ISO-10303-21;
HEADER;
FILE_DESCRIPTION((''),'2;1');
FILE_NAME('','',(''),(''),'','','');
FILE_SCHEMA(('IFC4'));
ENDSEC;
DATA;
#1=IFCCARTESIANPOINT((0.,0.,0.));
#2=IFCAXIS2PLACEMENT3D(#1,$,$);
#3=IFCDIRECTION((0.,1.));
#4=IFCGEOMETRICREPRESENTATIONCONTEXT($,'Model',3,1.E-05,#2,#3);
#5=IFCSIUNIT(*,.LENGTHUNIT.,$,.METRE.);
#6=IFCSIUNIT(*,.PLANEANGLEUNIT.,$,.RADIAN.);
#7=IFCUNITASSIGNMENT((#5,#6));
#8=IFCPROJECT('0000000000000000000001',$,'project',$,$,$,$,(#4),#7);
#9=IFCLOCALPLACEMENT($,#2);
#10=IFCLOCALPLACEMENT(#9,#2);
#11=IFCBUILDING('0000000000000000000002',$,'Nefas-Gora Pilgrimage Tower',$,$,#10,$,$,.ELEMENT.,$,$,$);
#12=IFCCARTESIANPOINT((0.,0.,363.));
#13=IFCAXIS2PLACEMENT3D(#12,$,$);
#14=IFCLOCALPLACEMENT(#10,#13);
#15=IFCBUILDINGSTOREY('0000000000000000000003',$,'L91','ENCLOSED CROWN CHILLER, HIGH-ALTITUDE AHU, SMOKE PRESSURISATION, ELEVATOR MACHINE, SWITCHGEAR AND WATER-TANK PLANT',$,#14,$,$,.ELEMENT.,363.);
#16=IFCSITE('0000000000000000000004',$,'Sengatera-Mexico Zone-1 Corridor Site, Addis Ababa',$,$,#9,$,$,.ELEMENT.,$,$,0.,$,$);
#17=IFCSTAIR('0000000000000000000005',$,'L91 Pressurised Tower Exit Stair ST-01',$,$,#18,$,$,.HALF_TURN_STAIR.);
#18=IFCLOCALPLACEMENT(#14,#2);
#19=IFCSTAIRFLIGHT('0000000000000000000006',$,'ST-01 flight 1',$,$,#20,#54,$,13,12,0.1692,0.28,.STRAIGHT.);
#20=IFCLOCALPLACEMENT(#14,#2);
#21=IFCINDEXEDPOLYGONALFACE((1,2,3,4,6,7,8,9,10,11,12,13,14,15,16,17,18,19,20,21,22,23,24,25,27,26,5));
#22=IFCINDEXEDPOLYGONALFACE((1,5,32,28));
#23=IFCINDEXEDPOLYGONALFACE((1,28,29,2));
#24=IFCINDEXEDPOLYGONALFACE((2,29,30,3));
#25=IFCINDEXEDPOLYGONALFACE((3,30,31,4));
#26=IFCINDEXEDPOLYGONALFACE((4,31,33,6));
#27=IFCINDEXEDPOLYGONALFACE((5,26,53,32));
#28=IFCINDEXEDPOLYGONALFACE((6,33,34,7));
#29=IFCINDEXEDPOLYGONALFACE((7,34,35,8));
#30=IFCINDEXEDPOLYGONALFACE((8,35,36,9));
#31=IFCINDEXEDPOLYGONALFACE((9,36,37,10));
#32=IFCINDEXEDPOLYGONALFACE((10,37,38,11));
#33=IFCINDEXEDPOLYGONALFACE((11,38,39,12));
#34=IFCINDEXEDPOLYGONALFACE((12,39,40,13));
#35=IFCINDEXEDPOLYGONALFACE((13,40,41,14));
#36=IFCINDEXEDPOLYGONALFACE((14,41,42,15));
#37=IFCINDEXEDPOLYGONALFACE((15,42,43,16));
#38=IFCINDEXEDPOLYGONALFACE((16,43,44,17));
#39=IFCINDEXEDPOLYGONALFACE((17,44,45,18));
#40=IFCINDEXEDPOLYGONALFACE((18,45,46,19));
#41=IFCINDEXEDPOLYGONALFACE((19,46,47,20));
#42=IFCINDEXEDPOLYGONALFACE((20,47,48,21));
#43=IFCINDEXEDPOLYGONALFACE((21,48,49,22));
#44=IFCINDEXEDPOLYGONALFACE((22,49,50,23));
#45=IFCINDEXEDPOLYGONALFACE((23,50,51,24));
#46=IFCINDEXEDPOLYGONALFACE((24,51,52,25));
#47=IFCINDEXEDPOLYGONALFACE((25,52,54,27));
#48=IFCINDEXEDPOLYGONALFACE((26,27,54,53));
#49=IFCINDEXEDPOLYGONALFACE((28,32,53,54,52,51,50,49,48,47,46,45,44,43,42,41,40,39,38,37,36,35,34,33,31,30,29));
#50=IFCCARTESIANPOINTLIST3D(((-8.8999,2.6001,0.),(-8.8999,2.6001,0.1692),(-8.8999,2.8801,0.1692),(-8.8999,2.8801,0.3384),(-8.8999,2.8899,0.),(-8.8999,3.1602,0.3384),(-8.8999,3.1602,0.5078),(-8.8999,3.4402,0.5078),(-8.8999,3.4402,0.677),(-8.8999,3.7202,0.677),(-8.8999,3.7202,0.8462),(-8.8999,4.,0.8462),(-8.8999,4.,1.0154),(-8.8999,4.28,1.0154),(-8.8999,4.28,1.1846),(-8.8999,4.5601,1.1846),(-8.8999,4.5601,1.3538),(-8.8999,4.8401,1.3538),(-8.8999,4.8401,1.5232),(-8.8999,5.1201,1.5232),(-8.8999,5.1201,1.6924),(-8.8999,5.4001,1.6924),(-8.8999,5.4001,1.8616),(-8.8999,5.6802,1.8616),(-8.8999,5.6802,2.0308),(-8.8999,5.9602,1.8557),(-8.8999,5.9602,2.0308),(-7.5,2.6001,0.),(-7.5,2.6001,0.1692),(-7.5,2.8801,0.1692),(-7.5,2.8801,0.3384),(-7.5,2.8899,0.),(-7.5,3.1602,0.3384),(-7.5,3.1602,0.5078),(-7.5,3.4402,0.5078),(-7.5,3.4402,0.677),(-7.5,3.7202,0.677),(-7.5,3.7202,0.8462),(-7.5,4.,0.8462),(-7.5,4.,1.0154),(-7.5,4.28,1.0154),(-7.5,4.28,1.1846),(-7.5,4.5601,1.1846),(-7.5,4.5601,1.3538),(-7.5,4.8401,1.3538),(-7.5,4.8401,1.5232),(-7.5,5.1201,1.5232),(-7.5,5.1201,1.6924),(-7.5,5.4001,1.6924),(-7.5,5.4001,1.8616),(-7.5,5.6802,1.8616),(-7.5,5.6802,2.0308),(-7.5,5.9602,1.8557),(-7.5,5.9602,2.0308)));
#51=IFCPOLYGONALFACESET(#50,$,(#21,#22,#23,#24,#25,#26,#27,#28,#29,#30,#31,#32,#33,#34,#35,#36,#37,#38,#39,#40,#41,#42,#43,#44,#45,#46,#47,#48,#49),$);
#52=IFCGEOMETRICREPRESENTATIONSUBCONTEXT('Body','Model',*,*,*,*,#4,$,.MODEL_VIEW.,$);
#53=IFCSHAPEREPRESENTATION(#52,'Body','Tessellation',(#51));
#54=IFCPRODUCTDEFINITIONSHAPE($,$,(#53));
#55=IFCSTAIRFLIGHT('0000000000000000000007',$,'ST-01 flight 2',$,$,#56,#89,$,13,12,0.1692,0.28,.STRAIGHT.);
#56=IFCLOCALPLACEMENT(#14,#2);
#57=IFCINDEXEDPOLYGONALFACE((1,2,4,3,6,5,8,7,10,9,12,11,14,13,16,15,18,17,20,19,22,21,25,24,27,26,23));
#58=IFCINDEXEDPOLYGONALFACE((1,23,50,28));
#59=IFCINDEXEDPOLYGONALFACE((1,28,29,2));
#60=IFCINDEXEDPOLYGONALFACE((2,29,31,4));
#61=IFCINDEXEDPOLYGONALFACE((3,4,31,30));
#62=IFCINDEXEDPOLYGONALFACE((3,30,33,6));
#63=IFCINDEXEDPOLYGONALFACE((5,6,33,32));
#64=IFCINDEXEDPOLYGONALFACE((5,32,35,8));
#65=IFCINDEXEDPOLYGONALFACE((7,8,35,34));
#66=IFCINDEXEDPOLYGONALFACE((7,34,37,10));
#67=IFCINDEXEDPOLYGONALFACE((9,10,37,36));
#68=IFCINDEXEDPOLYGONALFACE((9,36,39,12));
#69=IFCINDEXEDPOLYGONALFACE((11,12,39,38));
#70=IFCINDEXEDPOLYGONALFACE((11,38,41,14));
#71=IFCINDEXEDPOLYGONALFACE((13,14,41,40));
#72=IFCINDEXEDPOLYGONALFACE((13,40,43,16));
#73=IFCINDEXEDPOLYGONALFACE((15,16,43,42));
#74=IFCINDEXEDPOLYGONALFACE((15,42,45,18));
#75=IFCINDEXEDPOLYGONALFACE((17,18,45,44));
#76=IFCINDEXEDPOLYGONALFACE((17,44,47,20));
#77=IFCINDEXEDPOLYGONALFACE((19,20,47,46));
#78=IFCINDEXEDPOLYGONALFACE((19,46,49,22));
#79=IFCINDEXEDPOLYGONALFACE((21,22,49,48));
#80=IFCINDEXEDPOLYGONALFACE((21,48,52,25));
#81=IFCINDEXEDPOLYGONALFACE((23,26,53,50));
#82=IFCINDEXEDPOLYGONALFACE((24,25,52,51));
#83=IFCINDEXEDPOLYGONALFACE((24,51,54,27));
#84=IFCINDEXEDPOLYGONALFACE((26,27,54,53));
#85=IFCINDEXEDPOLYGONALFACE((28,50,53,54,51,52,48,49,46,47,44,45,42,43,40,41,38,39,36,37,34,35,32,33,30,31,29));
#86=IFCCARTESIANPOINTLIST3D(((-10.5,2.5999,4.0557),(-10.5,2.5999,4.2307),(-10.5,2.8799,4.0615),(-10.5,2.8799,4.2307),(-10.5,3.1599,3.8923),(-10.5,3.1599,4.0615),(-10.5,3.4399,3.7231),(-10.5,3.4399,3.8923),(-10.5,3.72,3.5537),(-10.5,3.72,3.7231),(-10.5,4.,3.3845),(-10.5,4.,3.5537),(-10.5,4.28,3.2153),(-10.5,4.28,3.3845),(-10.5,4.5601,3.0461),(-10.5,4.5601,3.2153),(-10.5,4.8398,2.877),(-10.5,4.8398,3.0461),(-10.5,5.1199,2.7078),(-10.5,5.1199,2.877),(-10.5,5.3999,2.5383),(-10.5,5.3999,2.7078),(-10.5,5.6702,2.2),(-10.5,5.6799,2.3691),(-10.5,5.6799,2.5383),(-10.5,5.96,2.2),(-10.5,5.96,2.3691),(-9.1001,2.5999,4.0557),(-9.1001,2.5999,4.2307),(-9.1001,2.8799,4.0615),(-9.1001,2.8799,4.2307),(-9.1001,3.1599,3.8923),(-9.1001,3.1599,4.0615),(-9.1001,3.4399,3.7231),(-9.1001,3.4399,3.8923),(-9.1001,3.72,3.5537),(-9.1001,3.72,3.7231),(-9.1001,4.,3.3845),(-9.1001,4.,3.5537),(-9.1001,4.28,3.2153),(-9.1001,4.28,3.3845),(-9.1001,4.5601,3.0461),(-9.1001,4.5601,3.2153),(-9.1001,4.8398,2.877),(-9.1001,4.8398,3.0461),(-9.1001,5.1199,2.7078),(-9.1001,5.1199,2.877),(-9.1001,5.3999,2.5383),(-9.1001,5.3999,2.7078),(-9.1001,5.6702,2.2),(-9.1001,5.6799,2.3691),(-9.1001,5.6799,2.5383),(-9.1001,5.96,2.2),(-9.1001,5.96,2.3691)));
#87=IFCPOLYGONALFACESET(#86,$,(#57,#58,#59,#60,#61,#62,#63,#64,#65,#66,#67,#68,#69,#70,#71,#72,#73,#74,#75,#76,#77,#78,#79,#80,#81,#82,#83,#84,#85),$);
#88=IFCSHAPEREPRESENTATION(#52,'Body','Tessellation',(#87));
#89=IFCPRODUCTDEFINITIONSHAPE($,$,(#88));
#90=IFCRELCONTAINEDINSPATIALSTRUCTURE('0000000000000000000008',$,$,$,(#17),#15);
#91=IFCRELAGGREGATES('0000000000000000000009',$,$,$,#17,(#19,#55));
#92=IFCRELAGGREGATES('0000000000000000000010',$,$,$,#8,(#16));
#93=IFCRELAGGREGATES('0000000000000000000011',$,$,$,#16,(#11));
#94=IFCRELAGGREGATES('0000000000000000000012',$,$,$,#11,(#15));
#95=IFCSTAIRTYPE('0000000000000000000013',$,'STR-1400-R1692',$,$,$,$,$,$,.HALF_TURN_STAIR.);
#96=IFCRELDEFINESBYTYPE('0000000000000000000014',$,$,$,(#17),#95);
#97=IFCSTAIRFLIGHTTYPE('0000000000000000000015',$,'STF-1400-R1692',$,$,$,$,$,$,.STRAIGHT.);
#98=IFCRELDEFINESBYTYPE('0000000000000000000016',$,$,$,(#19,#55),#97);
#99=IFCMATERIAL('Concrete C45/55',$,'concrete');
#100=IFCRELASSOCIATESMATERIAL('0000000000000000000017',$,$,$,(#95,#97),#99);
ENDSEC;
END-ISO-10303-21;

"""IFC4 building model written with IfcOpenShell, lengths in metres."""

from ifc_helpers import new_model, si_unit, direction, frame, origin, place, context, subcontext, project, spatial, polyline, outline, extrude, source, transform, mapped, material, type_object, element, aggregate, save


model = new_model("IFC4")

# Units and contexts
model_context = context("Model", 3, precision=1e-05, world=origin(), true_north=direction((0.0, 1.0)))
body_context = subcontext(model_context, "Body", "Model", "MODEL_VIEW")
ifc_project = project(units=[si_unit("LENGTHUNIT", "METRE"), si_unit("PLANEANGLEUNIT", "RADIAN")], contexts=[model_context])

# Site, building, storey
site_placement = place(None, origin())
site = spatial("IfcSite", under=ifc_project, at=site_placement, Name="Sengatera-Mexico Zone-1 Corridor Site, Addis Ababa", CompositionType="ELEMENT", RefElevation=0.0)
building_placement = place(site_placement, origin())
building = spatial("IfcBuilding", under=site, at=building_placement, Name="Nefas-Gora Pilgrimage Tower", CompositionType="ELEMENT")
storey_placement = place(building_placement, frame((0.0, 0.0, 363.0)))
storey = spatial("IfcBuildingStorey", under=building, at=storey_placement, Name="L91", Description="ENCLOSED CROWN CHILLER, HIGH-ALTITUDE AHU, SMOKE PRESSURISATION, ELEVATOR MACHINE, SWITCHGEAR AND WATER-TANK PLANT", CompositionType="ELEMENT", Elevation=363.0)

# Shared definitions
ifc_material_1 = material(Name="Concrete C45/55", Category="concrete")

# Stair, stair flights
stair_type = type_object("IfcStairType", Name="STR-1400-R1692", PredefinedType="HALF_TURN_STAIR", material=ifc_material_1)
stair_placement = place(storey_placement, origin())
stair = element("IfcStair", 1, at=stair_placement, inside=storey, type_object=stair_type, Name="L91 Pressurised Tower Exit Stair ST-01", PredefinedType="HALF_TURN_STAIR")
stair_flight_type = type_object("IfcStairFlightType", Name="STF-1400-R1692", PredefinedType="STRAIGHT", material=ifc_material_1)
shared_shape_1 = source(origin(), body_context, "Body", "SweptSolid", [
    extrude(outline(polyline([(0.0, 0.0), (0.0, 0.1692), (0.28, 0.1692), (0.28, 0.3384), (0.5601, 0.3384), (0.5601, 0.5078), (0.8401, 0.5078), (0.8401, 0.677), (1.1201, 0.677), (1.1201, 0.8462), (1.3999, 0.8462), (1.3999, 1.0154), (1.6799, 1.0154), (1.6799, 1.1846), (1.96, 1.1846), (1.96, 1.3538), (2.24, 1.3538), (2.24, 1.5232), (2.52, 1.5232), (2.52, 1.6924), (2.8, 1.6924), (2.8, 1.8616), (3.0801, 1.8616), (3.0801, 2.0308), (3.3601, 2.0308), (3.3601, 2.2), (3.3601, 1.8557), (0.2898, 0.0), (0.0, 0.0)])), frame((0.0, 0.7, 0.0), z_axis=(0.0, -1.0, 0.0), x_axis=(1.0, 0.0, 0.0)), (0.0, 0.0, 1.0), 1.3999),
])
stair_flight_1_placement = place(storey_placement, frame((-8.2, 2.6001, 0.0), z_axis=(0.0, 0.0, 1.0), x_axis=(0.0, 1.0, 0.0)))
stair_flight_1 = element("IfcStairFlight", 2, at=stair_flight_1_placement, type_object=stair_flight_type, Name="ST-01 flight 1", NumberOfRisers=13, NumberOfTreads=12, PredefinedType="STRAIGHT", RiserHeight=0.1692, TreadLength=0.28, context=body_context, shape_type="MappedRepresentation", body=[
    mapped(shared_shape_1, transform((0.0, 0.0, 0.0), x_axis=(1.0, 0.0, 0.0), y_axis=(0.0, 1.0, 0.0), z_axis=(0.0, 0.0, 1.0), scale=1.0)),
])
stair_flight_2_placement = place(storey_placement, frame((-9.8, 5.96, 2.2), z_axis=(0.0, 0.0, 1.0), x_axis=(0.0, -1.0, 0.0)))
stair_flight_2 = element("IfcStairFlight", 3, at=stair_flight_2_placement, type_object=stair_flight_type, Name="ST-01 flight 2", NumberOfRisers=13, NumberOfTreads=12, PredefinedType="STRAIGHT", RiserHeight=0.1692, TreadLength=0.28, context=body_context, shape_type="MappedRepresentation", body=[
    mapped(shared_shape_1, transform((0.0, 0.0, 0.0), x_axis=(1.0, 0.0, 0.0), y_axis=(0.0, 1.0, 0.0), z_axis=(0.0, 0.0, 1.0), scale=1.0)),
])
aggregate(stair, [stair_flight_1, stair_flight_2])

save(model, "model.ifc")
